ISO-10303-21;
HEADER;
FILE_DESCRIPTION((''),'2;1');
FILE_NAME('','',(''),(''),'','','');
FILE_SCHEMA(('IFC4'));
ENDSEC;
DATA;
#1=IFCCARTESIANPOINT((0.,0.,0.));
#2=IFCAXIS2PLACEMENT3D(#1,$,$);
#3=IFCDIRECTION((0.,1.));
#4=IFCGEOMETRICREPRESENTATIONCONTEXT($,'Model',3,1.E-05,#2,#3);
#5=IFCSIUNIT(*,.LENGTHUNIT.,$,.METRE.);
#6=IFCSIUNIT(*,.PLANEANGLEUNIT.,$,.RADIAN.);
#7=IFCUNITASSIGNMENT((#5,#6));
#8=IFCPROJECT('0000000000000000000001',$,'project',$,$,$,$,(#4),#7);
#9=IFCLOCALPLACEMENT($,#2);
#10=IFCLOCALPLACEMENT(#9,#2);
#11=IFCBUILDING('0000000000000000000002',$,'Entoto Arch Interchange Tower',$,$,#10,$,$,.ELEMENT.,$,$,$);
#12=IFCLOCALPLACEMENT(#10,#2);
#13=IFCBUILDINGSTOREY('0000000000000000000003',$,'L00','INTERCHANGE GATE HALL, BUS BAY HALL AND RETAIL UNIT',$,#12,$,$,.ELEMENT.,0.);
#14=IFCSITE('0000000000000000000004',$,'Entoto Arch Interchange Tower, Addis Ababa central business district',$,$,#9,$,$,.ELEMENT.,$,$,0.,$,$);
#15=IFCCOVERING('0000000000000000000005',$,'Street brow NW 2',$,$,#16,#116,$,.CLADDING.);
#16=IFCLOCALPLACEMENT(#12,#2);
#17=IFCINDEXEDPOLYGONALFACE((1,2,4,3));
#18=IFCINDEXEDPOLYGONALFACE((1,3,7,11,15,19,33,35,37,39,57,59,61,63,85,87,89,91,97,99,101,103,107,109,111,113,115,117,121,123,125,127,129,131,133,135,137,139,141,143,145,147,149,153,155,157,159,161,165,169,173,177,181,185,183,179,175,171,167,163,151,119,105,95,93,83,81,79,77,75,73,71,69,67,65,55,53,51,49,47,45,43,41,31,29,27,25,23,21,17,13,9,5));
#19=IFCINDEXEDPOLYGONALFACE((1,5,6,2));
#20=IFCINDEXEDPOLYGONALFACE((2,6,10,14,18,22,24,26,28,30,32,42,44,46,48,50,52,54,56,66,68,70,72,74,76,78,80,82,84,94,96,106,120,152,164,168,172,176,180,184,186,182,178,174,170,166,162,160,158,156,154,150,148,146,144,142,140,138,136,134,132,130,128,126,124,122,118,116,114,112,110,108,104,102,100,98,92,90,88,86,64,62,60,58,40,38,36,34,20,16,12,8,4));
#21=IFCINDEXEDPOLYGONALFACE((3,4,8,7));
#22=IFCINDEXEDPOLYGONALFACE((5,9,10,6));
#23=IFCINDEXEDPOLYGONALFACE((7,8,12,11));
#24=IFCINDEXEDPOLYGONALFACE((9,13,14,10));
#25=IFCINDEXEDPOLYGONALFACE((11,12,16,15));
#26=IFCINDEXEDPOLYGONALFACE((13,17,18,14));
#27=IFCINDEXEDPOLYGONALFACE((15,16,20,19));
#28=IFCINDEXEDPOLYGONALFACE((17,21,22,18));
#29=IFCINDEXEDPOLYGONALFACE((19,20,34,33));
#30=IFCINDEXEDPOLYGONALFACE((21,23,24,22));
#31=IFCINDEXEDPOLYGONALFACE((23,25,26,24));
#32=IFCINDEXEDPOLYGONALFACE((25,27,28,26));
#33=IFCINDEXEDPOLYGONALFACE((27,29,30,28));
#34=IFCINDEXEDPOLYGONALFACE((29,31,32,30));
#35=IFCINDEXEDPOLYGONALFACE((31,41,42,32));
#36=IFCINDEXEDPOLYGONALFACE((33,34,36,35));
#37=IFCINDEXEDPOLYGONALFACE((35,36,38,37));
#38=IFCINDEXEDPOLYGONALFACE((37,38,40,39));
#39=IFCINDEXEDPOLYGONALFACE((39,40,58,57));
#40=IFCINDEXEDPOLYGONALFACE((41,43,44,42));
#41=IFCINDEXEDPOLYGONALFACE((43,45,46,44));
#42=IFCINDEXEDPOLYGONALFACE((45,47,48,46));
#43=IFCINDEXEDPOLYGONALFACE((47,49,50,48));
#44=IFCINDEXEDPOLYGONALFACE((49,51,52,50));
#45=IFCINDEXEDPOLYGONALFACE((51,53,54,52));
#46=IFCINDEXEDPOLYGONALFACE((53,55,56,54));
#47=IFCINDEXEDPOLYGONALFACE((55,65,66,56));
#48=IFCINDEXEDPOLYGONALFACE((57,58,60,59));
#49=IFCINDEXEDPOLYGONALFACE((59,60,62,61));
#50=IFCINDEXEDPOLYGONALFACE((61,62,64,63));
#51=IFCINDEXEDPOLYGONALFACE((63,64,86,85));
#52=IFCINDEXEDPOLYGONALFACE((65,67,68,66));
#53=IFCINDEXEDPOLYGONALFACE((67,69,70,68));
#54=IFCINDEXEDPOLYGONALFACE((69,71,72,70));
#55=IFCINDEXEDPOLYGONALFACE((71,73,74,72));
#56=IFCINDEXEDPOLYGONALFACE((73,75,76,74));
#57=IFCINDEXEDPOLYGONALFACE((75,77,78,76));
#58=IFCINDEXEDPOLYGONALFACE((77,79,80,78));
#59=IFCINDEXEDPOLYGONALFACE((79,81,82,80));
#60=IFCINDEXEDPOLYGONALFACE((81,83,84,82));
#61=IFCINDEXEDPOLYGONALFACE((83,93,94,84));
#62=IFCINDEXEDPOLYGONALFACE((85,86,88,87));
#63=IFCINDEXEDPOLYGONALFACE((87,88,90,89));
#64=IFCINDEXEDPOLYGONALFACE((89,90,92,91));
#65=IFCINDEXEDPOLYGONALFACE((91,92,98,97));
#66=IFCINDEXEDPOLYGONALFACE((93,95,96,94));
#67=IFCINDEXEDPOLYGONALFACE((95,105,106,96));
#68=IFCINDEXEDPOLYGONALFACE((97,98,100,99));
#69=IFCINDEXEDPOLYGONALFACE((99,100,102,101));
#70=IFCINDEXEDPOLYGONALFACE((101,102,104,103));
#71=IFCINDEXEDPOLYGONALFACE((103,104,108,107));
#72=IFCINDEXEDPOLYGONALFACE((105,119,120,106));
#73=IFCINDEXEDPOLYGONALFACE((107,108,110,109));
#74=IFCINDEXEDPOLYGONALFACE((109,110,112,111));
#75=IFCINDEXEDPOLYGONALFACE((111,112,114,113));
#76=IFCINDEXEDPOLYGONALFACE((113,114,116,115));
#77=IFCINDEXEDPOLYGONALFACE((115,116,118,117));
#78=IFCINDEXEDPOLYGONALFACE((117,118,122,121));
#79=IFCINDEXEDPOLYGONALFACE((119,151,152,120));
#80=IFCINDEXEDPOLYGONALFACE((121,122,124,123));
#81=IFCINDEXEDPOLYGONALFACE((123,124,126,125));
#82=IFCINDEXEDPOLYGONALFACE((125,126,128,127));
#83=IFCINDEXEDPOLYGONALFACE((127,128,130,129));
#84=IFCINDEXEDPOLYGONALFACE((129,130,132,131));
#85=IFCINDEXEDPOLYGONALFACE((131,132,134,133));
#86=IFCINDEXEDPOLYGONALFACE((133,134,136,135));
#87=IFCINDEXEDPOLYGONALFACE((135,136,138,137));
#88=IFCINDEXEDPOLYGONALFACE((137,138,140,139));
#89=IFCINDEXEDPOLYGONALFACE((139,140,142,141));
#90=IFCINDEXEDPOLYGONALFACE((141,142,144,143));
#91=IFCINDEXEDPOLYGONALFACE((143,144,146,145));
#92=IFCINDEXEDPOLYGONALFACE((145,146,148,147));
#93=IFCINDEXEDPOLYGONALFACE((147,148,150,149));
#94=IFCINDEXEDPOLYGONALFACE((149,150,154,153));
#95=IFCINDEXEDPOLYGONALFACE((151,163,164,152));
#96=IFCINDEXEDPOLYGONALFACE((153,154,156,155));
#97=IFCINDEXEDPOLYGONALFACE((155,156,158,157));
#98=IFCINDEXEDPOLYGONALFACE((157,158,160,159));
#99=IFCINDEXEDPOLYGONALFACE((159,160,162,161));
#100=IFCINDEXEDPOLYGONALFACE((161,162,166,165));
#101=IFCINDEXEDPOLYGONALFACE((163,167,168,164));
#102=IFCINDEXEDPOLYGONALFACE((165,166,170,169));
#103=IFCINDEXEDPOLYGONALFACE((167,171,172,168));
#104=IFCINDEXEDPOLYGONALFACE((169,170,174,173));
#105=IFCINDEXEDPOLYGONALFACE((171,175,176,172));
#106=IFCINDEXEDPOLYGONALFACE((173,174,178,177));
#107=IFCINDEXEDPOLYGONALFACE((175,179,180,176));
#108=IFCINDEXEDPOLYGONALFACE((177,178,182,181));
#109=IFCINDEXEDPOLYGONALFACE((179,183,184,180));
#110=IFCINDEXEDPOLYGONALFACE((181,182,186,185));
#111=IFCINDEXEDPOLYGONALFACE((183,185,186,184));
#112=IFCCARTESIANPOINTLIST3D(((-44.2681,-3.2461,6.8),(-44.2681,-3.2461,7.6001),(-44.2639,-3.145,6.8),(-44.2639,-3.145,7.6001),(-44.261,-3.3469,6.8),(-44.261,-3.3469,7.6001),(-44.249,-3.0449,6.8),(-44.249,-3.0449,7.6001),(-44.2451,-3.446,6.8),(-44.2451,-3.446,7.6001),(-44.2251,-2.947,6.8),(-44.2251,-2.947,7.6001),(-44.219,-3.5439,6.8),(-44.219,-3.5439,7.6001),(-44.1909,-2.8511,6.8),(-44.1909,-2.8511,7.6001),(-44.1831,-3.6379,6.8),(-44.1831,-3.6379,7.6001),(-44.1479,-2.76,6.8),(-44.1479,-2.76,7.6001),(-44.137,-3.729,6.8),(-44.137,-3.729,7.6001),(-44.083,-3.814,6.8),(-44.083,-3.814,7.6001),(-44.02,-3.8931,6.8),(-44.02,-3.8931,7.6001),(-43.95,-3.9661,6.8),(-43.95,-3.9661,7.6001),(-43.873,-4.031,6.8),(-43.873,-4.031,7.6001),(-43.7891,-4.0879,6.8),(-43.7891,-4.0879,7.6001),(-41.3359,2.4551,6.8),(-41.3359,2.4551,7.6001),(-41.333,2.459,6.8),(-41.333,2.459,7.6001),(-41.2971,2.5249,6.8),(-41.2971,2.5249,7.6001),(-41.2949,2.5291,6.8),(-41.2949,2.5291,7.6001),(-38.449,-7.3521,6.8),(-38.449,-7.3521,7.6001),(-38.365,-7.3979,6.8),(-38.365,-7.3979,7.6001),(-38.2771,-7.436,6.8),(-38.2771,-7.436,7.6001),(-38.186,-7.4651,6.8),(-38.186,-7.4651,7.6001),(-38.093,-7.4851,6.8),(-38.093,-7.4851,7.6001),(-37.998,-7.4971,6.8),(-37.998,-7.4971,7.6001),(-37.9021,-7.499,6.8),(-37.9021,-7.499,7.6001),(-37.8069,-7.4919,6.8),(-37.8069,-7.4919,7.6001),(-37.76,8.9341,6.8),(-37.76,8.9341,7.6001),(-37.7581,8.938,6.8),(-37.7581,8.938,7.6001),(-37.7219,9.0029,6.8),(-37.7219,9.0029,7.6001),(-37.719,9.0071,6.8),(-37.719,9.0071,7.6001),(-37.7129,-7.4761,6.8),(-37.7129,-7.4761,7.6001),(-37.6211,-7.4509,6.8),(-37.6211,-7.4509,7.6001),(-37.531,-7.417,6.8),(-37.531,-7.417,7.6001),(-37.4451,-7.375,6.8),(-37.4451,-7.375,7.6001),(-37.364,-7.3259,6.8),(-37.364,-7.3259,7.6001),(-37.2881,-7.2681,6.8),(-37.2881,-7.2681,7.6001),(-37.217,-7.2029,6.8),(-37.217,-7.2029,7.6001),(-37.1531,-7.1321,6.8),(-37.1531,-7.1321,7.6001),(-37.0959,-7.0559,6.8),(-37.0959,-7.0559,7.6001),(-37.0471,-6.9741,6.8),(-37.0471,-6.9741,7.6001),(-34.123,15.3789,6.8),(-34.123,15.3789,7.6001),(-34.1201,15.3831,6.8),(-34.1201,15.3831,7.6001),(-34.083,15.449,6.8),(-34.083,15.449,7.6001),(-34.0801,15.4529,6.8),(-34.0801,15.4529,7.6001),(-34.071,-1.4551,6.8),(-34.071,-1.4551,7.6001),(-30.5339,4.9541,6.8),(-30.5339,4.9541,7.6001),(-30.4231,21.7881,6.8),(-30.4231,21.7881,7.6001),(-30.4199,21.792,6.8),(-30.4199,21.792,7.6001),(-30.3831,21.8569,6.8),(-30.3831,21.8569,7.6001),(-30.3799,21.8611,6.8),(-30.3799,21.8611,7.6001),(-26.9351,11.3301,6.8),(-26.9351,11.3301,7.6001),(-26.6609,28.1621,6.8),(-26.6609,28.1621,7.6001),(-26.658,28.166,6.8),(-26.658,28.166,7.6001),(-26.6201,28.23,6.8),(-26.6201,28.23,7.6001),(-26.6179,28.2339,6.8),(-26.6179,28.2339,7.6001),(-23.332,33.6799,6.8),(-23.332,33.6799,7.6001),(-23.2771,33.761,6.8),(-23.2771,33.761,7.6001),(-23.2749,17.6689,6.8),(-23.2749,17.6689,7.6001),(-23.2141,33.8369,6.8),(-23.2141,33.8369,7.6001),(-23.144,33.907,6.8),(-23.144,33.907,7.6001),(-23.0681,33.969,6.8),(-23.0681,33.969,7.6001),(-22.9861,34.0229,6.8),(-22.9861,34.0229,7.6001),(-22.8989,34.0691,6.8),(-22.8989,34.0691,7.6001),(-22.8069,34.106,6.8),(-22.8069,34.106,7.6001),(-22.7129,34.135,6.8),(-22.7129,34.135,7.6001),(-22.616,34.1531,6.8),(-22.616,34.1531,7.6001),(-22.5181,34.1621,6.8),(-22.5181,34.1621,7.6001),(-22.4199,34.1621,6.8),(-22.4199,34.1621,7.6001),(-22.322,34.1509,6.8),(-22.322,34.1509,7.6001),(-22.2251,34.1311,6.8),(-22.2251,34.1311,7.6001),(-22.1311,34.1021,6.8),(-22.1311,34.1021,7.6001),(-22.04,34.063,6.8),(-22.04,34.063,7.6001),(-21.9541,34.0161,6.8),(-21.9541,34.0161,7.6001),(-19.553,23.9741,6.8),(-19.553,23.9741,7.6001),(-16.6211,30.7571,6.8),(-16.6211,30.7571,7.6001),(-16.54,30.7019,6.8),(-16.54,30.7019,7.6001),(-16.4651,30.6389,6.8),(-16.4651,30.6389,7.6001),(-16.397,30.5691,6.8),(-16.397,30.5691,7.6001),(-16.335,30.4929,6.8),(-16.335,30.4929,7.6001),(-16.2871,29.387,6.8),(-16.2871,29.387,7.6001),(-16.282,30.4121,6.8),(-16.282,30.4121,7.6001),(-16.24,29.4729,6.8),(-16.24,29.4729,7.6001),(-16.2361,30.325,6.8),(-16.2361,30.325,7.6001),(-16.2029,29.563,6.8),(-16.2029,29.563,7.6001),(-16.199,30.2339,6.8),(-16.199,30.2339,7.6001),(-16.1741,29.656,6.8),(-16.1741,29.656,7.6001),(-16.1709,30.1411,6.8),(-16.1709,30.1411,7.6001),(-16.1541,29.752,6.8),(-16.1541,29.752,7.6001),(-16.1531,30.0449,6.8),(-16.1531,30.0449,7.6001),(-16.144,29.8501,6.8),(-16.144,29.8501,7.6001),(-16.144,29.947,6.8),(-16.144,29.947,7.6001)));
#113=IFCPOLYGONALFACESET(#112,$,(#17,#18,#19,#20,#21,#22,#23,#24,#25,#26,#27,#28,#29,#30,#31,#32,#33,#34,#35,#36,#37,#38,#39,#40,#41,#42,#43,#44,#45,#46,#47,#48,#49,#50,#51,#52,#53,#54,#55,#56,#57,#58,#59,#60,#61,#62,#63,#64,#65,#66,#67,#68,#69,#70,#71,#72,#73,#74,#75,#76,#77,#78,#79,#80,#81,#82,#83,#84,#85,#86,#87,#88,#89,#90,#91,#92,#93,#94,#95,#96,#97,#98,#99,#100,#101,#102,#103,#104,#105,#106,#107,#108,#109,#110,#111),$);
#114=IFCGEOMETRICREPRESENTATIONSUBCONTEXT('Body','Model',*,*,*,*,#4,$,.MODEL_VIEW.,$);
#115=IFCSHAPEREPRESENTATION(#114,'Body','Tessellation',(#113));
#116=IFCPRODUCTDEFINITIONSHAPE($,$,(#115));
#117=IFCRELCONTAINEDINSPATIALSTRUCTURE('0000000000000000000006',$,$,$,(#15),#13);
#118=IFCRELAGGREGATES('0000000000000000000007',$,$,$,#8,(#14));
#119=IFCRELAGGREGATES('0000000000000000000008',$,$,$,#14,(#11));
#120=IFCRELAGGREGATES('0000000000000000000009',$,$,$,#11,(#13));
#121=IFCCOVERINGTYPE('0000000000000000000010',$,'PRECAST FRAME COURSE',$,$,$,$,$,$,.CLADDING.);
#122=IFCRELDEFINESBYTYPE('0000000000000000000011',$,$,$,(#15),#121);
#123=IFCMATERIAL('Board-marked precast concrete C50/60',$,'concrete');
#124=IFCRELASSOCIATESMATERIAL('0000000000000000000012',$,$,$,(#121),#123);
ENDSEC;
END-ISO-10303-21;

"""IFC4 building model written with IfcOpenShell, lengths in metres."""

from ifc_helpers import new_model, si_unit, direction, frame, origin, place, context, subcontext, project, spatial, polyline, outline, extrude, material, type_object, element, save


model = new_model("IFC4")

# Units and contexts
model_context = context("Model", 3, precision=1e-05, world=origin(), true_north=direction((0.0, 1.0)))
body_context = subcontext(model_context, "Body", "Model", "MODEL_VIEW")
ifc_project = project(units=[si_unit("LENGTHUNIT", "METRE"), si_unit("PLANEANGLEUNIT", "RADIAN")], contexts=[model_context])

# Site, building, storey
site_placement = place(None, origin())
site = spatial("IfcSite", under=ifc_project, at=site_placement, Name="Entoto Arch Interchange Tower, Addis Ababa central business district", CompositionType="ELEMENT", RefElevation=0.0)
building_placement = place(site_placement, origin())
building = spatial("IfcBuilding", under=site, at=building_placement, Name="Entoto Arch Interchange Tower", CompositionType="ELEMENT")
storey_placement = place(building_placement, origin())
storey = spatial("IfcBuildingStorey", under=building, at=storey_placement, Name="L00", Description="INTERCHANGE GATE HALL, BUS BAY HALL AND RETAIL UNIT", CompositionType="ELEMENT", Elevation=0.0)

# Covering
ifc_material_1 = material(Name="Board-marked precast concrete C50/60", Category="concrete")
covering_type = type_object("IfcCoveringType", Name="PRECAST FRAME COURSE", PredefinedType="CLADDING", material=ifc_material_1)
covering_1_placement = place(storey_placement, frame((0.0, 0.0, 6.8)))
element("IfcCovering", 1, at=covering_1_placement, inside=storey, type_object=covering_type, Name="Street brow NW 2", PredefinedType="CLADDING", context=body_context, shape_type="SweptSolid", body=[
    extrude(outline(polyline([(-41.3359, 2.4551), (-41.333, 2.459), (-41.2971, 2.5249), (-41.2949, 2.5291), (-37.76, 8.9341), (-37.7581, 8.938), (-37.7219, 9.0029), (-37.719, 9.0071), (-34.123, 15.3789), (-34.1201, 15.3831), (-34.083, 15.449), (-34.0801, 15.4529), (-30.4231, 21.7881), (-30.4199, 21.792), (-30.3831, 21.8569), (-30.3799, 21.8611), (-26.6609, 28.1621), (-26.658, 28.166), (-26.6201, 28.23), (-26.6179, 28.2339), (-23.332, 33.6799), (-23.2771, 33.761), (-23.2141, 33.8369), (-23.144, 33.907), (-23.0681, 33.969), (-22.9861, 34.0229), (-22.8989, 34.0691), (-22.8069, 34.106), (-22.7129, 34.135), (-22.616, 34.1531), (-22.5181, 34.1621), (-22.4199, 34.1621), (-22.322, 34.1509), (-22.2251, 34.1311), (-22.1311, 34.1021), (-22.04, 34.063), (-21.9541, 34.0161), (-16.6211, 30.7571), (-16.54, 30.7019), (-16.4651, 30.6389), (-16.397, 30.5691), (-16.335, 30.4929), (-16.282, 30.4121), (-16.2361, 30.325), (-16.199, 30.2339), (-16.1709, 30.1411), (-16.1531, 30.0449), (-16.144, 29.947), (-16.144, 29.8501), (-16.1541, 29.752), (-16.1741, 29.656), (-16.2029, 29.563), (-16.24, 29.4729), (-16.2871, 29.387), (-19.553, 23.9741), (-23.2749, 17.6689), (-26.9351, 11.3301), (-30.5339, 4.9541), (-34.071, -1.4551), (-37.0471, -6.9741), (-37.0959, -7.0559), (-37.1531, -7.1321), (-37.217, -7.2029), (-37.2881, -7.2681), (-37.364, -7.3259), (-37.4451, -7.375), (-37.531, -7.417), (-37.6211, -7.4509), (-37.7129, -7.4761), (-37.8069, -7.4919), (-37.9021, -7.499), (-37.998, -7.4971), (-38.093, -7.4851), (-38.186, -7.4651), (-38.2771, -7.436), (-38.365, -7.3979), (-38.449, -7.3521), (-43.7891, -4.0879), (-43.873, -4.031), (-43.95, -3.9661), (-44.02, -3.8931), (-44.083, -3.814), (-44.137, -3.729), (-44.1831, -3.6379), (-44.219, -3.5439), (-44.2451, -3.446), (-44.261, -3.3469), (-44.2681, -3.2461), (-44.2639, -3.145), (-44.249, -3.0449), (-44.2251, -2.947), (-44.1909, -2.8511), (-44.1479, -2.76), (-41.3359, 2.4551)])), origin(), (0.0, 0.0, 1.0), 0.8),
])

save(model, "model.ifc")
